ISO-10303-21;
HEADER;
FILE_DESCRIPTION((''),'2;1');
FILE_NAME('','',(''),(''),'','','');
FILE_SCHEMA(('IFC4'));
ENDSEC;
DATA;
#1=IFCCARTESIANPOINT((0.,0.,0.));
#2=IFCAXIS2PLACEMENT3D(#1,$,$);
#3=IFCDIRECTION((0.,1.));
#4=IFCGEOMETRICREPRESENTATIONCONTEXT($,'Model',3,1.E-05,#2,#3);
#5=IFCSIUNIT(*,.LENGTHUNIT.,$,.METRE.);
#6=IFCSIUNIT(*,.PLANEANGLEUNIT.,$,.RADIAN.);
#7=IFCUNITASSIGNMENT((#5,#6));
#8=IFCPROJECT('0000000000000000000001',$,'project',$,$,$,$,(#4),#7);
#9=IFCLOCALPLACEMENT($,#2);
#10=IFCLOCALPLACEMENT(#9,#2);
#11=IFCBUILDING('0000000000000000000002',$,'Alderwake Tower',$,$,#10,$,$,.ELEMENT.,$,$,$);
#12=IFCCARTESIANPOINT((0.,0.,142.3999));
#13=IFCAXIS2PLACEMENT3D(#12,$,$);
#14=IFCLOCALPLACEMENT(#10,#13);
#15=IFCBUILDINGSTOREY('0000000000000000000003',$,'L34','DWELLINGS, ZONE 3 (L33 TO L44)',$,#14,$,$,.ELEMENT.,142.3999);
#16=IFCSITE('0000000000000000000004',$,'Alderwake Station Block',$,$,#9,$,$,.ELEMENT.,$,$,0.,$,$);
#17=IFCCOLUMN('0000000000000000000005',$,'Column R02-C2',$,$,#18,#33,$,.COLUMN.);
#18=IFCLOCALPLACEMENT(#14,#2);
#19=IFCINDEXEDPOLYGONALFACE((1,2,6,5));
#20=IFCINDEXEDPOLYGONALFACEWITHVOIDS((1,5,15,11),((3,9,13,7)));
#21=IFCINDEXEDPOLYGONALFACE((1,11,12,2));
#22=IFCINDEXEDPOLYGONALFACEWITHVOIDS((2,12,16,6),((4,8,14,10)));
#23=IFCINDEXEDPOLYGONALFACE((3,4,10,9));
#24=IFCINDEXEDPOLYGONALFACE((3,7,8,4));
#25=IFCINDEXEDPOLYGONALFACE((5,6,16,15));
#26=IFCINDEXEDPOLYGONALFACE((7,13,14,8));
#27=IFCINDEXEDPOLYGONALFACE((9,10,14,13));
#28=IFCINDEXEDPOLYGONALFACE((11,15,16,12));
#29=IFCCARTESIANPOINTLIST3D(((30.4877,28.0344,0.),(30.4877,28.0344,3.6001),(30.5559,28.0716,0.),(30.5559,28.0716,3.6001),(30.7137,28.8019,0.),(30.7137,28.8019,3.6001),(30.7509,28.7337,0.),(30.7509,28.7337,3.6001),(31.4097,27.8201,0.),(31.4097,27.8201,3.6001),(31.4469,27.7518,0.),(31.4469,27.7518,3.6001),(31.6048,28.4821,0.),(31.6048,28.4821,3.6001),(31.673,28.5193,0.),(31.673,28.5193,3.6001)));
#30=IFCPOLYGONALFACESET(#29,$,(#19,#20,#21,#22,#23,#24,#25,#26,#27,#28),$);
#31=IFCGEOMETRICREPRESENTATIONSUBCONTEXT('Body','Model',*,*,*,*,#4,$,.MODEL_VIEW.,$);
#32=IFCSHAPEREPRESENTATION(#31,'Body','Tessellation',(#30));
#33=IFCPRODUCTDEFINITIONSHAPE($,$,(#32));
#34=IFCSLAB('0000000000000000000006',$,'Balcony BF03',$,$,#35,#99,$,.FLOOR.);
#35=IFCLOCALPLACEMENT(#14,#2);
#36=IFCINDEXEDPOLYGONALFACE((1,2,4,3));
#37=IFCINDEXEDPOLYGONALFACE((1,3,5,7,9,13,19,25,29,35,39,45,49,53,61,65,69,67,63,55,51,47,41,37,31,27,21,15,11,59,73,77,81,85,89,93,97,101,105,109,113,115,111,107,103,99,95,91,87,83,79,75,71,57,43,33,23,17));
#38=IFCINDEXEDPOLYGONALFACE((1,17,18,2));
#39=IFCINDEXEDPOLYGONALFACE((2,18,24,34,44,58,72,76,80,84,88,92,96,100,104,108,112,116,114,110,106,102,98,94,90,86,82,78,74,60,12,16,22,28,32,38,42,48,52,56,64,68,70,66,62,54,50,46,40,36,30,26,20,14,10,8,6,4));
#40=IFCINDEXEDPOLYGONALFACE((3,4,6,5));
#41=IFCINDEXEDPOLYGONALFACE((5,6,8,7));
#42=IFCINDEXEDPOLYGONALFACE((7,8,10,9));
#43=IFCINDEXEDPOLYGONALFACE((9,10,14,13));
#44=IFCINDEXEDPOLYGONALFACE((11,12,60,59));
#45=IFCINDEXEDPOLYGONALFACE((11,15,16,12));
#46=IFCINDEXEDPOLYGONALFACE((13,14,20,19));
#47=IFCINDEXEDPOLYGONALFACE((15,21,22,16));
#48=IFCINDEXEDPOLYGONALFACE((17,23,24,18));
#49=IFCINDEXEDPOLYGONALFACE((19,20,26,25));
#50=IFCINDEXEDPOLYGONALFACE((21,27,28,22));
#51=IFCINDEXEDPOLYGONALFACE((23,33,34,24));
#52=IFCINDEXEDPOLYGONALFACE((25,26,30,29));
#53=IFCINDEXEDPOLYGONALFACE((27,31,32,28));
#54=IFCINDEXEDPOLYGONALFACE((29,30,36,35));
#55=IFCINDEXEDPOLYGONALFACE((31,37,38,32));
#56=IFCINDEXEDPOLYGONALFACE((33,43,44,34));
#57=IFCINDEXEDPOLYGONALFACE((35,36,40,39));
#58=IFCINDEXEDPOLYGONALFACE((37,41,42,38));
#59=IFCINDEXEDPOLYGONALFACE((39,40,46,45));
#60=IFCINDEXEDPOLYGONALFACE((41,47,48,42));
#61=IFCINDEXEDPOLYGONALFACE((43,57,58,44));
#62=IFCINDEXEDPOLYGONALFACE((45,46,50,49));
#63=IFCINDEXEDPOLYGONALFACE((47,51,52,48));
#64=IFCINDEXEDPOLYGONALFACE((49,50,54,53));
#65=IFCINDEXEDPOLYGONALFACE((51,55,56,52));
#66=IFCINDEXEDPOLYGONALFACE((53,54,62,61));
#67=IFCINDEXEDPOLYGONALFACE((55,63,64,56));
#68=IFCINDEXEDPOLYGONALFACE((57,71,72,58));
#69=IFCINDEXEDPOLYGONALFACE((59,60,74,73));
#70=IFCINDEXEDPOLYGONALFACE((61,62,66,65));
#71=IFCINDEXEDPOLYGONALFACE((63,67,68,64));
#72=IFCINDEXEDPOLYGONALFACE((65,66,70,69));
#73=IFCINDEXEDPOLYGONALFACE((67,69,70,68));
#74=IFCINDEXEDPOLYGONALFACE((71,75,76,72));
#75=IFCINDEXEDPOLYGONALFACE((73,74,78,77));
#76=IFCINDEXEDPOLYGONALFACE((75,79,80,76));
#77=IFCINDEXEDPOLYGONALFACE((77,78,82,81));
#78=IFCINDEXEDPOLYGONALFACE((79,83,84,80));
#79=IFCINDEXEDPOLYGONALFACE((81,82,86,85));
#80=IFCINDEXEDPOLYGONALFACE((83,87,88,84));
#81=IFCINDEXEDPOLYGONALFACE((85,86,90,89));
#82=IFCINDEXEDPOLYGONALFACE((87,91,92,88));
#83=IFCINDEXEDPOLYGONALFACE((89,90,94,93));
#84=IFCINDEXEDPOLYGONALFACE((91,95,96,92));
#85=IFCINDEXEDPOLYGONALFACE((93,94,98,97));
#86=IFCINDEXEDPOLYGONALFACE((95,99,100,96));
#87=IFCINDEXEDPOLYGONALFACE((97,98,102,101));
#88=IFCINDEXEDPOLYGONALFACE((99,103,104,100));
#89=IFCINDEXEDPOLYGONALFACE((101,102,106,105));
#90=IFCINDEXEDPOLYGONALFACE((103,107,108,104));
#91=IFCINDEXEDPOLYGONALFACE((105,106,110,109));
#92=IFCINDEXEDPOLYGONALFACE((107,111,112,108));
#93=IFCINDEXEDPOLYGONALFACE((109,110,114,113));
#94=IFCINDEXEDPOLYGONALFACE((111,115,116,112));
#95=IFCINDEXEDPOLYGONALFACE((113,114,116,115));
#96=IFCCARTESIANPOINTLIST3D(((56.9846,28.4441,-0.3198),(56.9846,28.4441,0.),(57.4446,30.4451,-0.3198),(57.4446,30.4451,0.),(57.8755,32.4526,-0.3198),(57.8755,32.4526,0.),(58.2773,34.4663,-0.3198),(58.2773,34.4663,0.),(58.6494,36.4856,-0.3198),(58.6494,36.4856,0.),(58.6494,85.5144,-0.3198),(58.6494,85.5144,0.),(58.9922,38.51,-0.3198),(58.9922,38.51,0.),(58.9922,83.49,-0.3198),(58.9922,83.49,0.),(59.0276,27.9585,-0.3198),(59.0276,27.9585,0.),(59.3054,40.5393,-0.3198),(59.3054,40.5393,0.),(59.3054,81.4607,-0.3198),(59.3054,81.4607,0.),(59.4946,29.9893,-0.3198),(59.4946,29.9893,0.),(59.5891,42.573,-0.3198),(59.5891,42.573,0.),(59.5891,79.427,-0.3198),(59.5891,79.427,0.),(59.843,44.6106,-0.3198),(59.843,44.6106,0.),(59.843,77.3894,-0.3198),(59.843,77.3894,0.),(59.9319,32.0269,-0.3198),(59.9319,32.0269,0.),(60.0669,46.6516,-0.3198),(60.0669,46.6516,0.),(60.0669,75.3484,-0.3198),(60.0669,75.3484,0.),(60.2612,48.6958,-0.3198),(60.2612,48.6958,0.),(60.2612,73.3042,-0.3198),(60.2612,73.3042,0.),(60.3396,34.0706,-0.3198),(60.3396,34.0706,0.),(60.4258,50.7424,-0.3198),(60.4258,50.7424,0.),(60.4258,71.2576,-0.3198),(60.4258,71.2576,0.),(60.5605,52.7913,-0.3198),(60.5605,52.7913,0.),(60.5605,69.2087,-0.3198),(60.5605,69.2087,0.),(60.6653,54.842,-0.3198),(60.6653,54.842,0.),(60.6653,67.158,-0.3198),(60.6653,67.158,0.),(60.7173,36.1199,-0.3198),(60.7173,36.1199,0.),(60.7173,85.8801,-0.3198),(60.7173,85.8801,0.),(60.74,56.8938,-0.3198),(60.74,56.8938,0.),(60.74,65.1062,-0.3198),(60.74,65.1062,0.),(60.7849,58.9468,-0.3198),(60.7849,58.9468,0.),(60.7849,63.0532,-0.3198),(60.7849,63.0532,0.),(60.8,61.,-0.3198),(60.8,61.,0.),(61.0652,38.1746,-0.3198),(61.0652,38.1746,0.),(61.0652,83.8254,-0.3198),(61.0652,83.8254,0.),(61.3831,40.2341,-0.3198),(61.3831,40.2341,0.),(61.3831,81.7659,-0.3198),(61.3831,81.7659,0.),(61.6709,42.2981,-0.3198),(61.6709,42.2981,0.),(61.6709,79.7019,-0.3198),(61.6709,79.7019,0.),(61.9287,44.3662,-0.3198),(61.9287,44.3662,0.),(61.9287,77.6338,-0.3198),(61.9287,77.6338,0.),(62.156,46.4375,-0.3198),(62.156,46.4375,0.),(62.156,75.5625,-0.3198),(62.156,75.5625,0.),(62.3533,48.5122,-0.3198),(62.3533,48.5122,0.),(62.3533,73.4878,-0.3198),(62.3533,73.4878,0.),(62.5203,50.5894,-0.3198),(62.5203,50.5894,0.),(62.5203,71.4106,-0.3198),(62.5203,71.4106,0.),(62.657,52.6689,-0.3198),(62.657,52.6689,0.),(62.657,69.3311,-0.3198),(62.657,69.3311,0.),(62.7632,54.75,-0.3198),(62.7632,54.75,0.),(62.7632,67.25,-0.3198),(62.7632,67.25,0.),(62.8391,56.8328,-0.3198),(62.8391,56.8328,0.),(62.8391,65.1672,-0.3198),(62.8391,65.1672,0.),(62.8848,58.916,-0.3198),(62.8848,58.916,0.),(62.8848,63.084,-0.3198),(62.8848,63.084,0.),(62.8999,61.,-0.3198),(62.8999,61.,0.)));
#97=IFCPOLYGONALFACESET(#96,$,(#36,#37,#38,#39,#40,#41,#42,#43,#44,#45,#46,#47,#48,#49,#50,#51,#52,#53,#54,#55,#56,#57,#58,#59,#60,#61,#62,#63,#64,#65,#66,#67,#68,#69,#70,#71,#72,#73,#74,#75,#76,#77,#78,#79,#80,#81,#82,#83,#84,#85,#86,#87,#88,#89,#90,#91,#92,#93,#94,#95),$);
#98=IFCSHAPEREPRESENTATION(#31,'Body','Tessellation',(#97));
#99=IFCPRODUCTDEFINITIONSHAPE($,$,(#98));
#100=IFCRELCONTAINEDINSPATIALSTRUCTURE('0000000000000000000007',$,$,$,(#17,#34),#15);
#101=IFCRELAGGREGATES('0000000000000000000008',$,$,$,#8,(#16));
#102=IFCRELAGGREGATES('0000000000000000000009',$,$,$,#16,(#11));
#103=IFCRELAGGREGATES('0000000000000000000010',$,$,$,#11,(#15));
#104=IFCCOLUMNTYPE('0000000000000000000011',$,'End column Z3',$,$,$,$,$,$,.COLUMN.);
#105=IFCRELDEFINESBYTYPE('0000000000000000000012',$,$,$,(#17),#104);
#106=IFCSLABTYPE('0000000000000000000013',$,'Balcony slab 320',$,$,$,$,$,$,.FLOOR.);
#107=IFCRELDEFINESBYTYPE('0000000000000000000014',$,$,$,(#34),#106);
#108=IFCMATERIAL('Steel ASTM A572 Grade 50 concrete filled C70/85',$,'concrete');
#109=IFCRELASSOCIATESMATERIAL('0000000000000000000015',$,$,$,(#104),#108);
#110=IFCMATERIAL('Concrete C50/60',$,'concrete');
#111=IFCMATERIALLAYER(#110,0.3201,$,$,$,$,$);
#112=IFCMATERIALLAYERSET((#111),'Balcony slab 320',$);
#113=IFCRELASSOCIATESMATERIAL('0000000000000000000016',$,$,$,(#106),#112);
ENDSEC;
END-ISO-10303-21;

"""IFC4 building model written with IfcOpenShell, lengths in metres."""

from ifc_helpers import new_model, si_unit, direction, frame, origin, origin_2d, place, context, subcontext, project, spatial, polyline, hollow_rectangle, outline, extrude, material, layer, layer_set, material_profile, profile_set, type_object, element, save


model = new_model("IFC4")

# Units and contexts
model_context = context("Model", 3, precision=1e-05, world=origin(), true_north=direction((0.0, 1.0)))
body_context = subcontext(model_context, "Body", "Model", "MODEL_VIEW")
ifc_project = project(units=[si_unit("LENGTHUNIT", "METRE"), si_unit("PLANEANGLEUNIT", "RADIAN")], contexts=[model_context])

# Site, building, storey
site_placement = place(None, origin())
site = spatial("IfcSite", under=ifc_project, at=site_placement, Name="Alderwake Station Block", CompositionType="ELEMENT", RefElevation=0.0)
building_placement = place(site_placement, origin())
building = spatial("IfcBuilding", under=site, at=building_placement, Name="Alderwake Tower", CompositionType="ELEMENT")
storey_placement = place(building_placement, frame((0.0, 0.0, 142.3999)))
storey = spatial("IfcBuildingStorey", under=building, at=storey_placement, Name="L34", Description="DWELLINGS, ZONE 3 (L33 TO L44)", CompositionType="ELEMENT", Elevation=142.3999)

# Column
ifc_material_1 = material(Name="Steel ASTM A572 Grade 50 concrete filled C70/85", Category="concrete")
ifc_material_profile = material_profile(ifc_material_1, hollow_rectangle(XDim=0.8, YDim=1.0, WallThickness=0.0549, at=origin_2d()), Name="BOX 1000X800X55")
ifc_profile_set = profile_set([ifc_material_profile], Name="Steel ASTM A572 Grade 50 concrete filled C70/85")
column_type = type_object("IfcColumnType", Name="End column Z3", PredefinedType="COLUMN", material=ifc_profile_set)
column_placement = place(storey_placement, frame((31.0803, 28.2769, 0.0), z_axis=(0.0, 0.0, 1.0), x_axis=(0.282583, 0.959243, 0.0)))
element("IfcColumn", 1, at=column_placement, inside=storey, type_object=column_type, Name="Column R02-C2", PredefinedType="COLUMN", context=body_context, shape_type="SweptSolid", body=[
    extrude(hollow_rectangle(XDim=0.8, YDim=1.0, WallThickness=0.0549, at=origin_2d()), origin(), (0.0, 0.0, 1.0), 3.6001),
])

# Slab
ifc_material_2 = material(Name="Concrete C50/60", Category="concrete")
ifc_layer_1 = layer(ifc_material_2, 0.3201)
ifc_layer_set_1 = layer_set([ifc_layer_1], Name="Balcony slab 320")
slab_type_1 = type_object("IfcSlabType", Name="Balcony slab 320", PredefinedType="FLOOR", material=ifc_layer_set_1)
slab_1_placement = place(storey_placement, frame((0.0, 0.0, -0.3198)))
element("IfcSlab", 2, at=slab_1_placement, inside=storey, type_object=slab_type_1, Name="Balcony BF03", PredefinedType="FLOOR", context=body_context, shape_type="SweptSolid", body=[
    extrude(outline(polyline([(59.4946, 29.9893), (59.9319, 32.0269), (60.3396, 34.0706), (60.7173, 36.1199), (61.0652, 38.1746), (61.3831, 40.2341), (61.6709, 42.2981), (61.9287, 44.3662), (62.156, 46.4375), (62.3533, 48.5122), (62.5203, 50.5894), (62.657, 52.6689), (62.7632, 54.75), (62.8391, 56.8328), (62.8848, 58.916), (62.8999, 61.0), (62.8848, 63.084), (62.8391, 65.1672), (62.7632, 67.25), (62.657, 69.3311), (62.5203, 71.4106), (62.3533, 73.4878), (62.156, 75.5625), (61.9287, 77.6338), (61.6709, 79.7019), (61.3831, 81.7659), (61.0652, 83.8254), (60.7173, 85.8801), (58.6494, 85.5144), (58.9922, 83.49), (59.3054, 81.4607), (59.5891, 79.427), (59.843, 77.3894), (60.0669, 75.3484), (60.2612, 73.3042), (60.4258, 71.2576), (60.5605, 69.2087), (60.6653, 67.158), (60.74, 65.1062), (60.7849, 63.0532), (60.8, 61.0), (60.7849, 58.9468), (60.74, 56.8938), (60.6653, 54.842), (60.5605, 52.7913), (60.4258, 50.7424), (60.2612, 48.6958), (60.0669, 46.6516), (59.843, 44.6106), (59.5891, 42.573), (59.3054, 40.5393), (58.9922, 38.51), (58.6494, 36.4856), (58.2773, 34.4663), (57.8755, 32.4526), (57.4446, 30.4451), (56.9846, 28.4441), (59.0276, 27.9585), (59.4946, 29.9893)])), origin(), (0.0, 0.0, 1.0), 0.3198),
])

save(model, "model.ifc")
